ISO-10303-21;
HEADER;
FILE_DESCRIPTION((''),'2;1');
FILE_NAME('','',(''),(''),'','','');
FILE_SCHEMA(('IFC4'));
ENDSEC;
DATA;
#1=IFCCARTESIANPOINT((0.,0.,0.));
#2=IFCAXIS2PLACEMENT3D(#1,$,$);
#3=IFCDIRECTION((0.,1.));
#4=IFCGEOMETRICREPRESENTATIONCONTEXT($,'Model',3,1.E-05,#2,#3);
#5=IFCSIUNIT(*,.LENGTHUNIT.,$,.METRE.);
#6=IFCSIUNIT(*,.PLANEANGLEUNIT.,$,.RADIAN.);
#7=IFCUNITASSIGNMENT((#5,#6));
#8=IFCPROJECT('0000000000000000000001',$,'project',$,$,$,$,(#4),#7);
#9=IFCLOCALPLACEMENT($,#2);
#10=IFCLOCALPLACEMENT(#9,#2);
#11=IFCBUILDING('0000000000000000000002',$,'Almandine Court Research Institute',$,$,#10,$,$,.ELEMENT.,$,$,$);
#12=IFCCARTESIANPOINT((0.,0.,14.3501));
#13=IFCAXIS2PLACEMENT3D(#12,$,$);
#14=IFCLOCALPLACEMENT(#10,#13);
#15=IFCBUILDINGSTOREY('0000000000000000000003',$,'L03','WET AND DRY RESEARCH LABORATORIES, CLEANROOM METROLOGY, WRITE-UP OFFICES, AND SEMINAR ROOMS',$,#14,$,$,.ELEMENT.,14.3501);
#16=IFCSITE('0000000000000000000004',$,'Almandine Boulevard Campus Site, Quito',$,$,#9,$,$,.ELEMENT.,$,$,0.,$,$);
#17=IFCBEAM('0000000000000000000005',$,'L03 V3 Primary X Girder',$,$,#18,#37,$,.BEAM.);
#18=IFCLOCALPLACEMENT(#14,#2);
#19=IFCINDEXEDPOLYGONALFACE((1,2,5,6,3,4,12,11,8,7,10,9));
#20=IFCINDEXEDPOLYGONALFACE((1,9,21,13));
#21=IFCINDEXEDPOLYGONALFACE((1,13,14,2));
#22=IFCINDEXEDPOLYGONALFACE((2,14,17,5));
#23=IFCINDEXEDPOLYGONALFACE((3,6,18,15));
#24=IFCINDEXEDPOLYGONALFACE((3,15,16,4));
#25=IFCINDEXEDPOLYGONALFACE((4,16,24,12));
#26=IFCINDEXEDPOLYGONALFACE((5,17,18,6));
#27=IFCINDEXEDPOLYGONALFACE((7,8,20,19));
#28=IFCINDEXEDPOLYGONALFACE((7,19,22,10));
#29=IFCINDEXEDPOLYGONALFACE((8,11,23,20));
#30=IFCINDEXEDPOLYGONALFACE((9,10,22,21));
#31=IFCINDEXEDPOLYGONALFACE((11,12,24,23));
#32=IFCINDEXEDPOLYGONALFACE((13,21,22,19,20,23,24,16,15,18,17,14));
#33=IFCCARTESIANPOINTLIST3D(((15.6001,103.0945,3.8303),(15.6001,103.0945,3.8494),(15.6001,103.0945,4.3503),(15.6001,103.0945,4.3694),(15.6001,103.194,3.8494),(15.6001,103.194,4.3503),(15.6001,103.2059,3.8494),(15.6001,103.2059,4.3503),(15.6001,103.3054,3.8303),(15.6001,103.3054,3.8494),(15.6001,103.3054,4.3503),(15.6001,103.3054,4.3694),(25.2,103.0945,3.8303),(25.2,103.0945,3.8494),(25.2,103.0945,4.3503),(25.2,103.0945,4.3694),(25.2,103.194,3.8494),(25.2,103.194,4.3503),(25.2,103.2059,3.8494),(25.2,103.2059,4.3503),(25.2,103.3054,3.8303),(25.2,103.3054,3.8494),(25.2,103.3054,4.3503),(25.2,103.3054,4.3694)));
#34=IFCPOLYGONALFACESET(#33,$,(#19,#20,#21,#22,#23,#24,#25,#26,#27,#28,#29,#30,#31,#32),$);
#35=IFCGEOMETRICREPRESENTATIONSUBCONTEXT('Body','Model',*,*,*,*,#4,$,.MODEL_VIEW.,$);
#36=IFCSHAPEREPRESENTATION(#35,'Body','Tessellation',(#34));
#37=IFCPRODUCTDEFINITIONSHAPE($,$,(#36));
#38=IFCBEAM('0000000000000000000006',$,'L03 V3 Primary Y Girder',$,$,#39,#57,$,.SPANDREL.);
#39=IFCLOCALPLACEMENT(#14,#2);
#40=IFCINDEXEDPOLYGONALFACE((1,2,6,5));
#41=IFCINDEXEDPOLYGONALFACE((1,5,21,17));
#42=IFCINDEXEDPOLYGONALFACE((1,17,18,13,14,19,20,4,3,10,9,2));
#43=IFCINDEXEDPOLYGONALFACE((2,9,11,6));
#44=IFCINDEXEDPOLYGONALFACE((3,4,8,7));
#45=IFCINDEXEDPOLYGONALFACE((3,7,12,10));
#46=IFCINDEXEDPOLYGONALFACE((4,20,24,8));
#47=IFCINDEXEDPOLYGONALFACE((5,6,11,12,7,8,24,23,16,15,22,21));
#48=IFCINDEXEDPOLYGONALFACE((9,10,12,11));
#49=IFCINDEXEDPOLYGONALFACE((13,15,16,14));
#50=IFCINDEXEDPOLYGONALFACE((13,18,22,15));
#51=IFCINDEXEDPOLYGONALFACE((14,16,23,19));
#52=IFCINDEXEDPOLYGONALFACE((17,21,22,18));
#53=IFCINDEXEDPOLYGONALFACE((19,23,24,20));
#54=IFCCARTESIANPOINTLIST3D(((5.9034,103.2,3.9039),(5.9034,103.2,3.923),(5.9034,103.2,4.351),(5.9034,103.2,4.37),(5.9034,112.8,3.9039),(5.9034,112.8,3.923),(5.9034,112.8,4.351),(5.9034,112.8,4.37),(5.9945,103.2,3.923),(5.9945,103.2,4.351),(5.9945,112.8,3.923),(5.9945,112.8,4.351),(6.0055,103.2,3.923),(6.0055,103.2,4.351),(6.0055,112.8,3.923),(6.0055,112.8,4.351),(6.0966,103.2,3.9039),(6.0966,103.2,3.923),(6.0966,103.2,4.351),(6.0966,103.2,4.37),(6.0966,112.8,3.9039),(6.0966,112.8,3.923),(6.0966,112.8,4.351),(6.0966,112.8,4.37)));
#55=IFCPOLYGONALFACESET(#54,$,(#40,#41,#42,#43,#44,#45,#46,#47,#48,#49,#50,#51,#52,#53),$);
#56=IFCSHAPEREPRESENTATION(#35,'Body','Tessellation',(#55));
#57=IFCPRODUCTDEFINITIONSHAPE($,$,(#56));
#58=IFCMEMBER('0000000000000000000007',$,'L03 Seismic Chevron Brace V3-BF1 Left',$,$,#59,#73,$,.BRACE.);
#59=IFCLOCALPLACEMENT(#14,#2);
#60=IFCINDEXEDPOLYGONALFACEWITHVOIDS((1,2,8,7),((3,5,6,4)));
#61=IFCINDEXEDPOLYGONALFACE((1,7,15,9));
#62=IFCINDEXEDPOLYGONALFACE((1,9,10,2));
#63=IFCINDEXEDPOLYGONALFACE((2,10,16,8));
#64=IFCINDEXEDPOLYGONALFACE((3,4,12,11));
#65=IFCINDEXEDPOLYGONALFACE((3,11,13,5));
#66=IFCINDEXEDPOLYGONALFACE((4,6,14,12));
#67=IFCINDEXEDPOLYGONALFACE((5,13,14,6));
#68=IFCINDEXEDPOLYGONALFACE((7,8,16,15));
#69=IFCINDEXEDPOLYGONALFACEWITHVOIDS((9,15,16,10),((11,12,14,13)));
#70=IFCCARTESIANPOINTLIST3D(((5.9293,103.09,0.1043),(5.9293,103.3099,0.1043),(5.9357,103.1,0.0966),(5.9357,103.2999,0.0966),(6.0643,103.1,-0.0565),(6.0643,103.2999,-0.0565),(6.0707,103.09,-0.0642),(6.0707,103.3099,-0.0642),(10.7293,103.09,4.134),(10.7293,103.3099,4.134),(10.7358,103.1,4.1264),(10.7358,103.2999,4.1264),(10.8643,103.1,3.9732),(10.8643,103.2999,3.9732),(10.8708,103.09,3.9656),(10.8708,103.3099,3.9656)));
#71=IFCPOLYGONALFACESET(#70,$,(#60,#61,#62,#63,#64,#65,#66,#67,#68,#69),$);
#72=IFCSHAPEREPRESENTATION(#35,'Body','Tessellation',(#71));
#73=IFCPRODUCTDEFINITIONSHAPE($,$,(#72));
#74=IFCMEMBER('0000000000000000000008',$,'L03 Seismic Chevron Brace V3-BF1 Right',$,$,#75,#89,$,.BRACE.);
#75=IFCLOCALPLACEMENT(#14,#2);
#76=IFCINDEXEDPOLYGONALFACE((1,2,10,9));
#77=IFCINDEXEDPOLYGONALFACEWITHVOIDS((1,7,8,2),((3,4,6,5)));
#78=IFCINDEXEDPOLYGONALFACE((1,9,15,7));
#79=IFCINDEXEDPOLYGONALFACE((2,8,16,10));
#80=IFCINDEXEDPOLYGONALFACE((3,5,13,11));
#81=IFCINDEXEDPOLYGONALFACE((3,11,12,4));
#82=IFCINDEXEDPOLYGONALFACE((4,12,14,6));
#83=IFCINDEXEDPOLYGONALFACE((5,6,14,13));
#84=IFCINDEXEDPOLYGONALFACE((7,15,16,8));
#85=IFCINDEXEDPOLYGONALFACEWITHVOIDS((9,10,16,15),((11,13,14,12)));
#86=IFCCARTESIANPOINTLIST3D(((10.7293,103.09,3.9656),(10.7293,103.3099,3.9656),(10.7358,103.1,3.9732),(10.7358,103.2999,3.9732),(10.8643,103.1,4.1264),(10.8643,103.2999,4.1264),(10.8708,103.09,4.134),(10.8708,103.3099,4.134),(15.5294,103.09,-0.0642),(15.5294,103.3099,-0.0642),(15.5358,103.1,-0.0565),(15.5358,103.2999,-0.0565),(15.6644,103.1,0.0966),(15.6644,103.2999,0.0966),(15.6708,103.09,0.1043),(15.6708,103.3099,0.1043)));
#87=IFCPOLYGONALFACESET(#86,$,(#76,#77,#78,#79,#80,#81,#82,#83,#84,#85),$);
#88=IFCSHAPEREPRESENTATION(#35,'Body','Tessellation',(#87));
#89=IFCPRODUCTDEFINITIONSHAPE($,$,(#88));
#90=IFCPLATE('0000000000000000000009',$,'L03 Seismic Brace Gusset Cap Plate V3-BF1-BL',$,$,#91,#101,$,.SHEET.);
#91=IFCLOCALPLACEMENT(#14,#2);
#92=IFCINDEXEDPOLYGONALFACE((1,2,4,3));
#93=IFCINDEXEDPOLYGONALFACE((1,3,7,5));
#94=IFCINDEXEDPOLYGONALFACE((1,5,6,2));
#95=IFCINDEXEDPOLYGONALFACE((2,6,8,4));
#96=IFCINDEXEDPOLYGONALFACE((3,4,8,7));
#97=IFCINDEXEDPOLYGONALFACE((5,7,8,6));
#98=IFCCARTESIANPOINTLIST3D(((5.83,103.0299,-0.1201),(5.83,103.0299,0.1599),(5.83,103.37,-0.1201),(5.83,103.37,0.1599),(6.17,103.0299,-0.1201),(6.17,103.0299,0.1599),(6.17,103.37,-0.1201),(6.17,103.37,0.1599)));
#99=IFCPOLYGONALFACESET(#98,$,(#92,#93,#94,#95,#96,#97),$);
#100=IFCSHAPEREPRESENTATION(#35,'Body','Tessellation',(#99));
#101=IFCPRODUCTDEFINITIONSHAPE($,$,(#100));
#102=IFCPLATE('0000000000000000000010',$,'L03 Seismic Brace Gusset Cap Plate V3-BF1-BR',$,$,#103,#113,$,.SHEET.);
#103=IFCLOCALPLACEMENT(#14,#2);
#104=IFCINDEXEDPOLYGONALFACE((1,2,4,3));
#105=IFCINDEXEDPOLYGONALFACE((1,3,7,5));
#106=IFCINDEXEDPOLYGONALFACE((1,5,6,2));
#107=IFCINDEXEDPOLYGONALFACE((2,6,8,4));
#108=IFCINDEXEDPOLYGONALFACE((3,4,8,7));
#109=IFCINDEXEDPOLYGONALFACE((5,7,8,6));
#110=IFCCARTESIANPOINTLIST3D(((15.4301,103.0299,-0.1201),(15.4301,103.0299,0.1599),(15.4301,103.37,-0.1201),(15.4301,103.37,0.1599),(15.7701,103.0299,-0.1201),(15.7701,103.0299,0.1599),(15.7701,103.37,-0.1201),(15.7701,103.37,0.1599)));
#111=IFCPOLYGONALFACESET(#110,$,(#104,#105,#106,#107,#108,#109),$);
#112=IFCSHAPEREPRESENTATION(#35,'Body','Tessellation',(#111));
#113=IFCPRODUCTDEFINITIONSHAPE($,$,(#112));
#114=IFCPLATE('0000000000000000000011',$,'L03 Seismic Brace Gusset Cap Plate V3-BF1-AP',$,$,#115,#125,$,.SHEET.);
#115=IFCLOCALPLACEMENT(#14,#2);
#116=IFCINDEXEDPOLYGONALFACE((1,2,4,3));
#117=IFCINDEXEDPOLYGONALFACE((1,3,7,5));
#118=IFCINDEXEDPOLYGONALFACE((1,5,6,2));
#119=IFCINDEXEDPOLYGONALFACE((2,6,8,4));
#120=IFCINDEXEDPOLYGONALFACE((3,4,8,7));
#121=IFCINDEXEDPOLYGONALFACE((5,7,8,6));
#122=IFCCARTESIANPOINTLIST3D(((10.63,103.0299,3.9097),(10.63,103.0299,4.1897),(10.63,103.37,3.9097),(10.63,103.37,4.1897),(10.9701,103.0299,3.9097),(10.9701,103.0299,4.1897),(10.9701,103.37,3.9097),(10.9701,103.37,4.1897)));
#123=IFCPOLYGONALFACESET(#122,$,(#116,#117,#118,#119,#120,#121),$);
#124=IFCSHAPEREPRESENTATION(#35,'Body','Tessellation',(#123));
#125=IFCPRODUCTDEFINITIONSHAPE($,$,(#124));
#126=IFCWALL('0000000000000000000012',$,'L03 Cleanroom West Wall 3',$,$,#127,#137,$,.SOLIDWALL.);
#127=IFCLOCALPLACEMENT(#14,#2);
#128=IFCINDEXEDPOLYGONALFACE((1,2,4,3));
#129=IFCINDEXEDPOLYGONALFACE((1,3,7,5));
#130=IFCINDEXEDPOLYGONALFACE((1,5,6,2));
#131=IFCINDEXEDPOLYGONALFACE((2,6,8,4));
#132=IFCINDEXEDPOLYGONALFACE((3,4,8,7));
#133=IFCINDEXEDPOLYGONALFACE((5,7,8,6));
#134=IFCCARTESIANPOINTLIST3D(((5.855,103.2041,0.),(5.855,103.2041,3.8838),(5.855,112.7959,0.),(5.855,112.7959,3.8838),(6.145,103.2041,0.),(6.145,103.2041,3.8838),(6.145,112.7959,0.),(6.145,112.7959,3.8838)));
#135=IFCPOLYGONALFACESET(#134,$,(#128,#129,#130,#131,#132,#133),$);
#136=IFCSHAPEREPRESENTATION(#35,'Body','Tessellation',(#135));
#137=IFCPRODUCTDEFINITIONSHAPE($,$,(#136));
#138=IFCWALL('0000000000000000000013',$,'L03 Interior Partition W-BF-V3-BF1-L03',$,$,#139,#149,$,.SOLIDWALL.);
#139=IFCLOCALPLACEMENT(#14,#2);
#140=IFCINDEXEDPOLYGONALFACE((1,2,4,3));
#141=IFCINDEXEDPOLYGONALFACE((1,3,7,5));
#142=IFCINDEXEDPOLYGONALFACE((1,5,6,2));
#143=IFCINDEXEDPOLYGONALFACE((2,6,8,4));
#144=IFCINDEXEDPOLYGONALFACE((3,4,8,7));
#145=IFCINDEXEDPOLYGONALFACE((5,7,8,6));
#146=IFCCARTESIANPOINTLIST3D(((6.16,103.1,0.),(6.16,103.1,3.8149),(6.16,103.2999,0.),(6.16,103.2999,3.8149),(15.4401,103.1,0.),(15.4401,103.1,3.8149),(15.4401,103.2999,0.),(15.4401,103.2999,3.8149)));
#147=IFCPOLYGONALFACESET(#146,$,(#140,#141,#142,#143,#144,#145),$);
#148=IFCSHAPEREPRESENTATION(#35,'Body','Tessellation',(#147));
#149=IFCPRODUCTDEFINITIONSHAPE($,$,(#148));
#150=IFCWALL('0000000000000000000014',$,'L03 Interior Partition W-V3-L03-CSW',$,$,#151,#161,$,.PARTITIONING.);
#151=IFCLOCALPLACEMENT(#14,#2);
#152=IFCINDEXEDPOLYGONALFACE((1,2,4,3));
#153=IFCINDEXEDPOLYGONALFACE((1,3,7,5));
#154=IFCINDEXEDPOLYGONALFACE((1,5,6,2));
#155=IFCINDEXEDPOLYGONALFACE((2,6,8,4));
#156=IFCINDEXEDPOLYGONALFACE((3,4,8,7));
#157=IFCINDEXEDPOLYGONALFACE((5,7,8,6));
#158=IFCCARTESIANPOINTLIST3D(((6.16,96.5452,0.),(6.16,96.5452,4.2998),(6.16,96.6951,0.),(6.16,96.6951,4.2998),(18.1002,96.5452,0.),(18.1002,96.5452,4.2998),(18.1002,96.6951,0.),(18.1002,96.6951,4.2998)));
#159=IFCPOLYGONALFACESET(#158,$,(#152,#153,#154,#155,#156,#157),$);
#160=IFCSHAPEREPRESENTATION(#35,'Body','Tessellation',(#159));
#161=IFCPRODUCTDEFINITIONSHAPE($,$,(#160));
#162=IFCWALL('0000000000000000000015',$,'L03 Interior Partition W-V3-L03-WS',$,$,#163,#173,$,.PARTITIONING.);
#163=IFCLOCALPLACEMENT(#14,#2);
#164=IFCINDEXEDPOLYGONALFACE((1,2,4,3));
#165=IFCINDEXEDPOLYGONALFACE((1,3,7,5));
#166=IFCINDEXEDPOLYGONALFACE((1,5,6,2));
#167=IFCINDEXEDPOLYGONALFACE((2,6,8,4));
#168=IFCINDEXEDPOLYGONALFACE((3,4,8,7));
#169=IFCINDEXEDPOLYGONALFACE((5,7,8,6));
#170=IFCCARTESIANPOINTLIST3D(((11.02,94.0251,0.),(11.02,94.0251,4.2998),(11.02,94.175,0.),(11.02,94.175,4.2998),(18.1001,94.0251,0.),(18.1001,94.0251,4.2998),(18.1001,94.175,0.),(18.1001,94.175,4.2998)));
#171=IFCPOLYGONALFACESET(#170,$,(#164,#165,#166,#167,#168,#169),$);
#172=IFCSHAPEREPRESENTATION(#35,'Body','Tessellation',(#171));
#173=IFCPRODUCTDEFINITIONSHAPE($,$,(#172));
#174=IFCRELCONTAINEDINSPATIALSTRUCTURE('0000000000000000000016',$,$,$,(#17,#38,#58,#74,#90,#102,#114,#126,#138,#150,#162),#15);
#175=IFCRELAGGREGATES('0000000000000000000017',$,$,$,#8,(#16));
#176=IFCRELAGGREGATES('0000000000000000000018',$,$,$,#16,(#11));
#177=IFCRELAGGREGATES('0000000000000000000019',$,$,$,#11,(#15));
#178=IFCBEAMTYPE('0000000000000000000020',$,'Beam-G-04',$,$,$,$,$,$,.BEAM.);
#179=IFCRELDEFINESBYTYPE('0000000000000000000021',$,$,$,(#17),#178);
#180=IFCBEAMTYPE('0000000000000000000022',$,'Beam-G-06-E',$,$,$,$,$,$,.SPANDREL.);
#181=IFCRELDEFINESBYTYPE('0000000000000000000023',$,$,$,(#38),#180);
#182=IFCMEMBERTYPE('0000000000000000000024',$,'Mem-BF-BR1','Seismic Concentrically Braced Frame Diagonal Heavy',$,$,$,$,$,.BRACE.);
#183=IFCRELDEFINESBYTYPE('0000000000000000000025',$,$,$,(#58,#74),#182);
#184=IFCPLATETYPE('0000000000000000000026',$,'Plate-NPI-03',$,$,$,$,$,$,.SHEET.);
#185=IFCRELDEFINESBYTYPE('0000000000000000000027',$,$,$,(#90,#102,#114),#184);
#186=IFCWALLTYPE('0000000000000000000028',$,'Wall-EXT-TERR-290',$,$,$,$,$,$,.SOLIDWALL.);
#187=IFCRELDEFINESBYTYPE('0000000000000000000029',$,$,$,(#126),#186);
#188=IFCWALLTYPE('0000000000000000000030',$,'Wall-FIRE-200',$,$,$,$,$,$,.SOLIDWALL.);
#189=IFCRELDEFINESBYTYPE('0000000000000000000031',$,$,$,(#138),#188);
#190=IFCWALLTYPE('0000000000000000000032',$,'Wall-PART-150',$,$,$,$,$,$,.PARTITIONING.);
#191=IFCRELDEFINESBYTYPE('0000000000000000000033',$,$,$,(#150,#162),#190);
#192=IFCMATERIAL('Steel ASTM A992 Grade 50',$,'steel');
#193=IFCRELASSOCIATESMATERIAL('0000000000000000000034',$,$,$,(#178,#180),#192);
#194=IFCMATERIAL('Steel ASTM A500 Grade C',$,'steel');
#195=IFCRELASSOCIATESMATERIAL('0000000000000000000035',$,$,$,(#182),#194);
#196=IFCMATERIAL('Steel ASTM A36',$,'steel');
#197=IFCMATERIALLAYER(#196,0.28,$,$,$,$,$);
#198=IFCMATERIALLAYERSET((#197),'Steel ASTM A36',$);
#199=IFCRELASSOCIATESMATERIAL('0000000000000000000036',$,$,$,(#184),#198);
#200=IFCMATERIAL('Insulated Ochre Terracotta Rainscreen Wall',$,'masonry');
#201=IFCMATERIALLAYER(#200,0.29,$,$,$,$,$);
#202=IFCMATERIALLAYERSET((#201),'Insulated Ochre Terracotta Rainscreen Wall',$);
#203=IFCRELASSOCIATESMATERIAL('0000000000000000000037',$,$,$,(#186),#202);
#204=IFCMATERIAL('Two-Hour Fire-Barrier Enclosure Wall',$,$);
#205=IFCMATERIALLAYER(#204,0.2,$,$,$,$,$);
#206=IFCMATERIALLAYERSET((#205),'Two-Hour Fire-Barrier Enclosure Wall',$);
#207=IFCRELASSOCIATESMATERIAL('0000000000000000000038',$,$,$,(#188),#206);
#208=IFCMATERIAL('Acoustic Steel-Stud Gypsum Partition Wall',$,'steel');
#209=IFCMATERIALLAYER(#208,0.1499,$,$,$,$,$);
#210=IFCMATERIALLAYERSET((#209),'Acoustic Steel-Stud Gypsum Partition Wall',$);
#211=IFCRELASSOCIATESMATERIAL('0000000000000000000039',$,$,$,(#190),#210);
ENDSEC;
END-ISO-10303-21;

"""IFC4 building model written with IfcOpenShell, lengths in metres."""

from ifc_helpers import new_model, si_unit, direction, frame, frame_2d, origin, origin_2d, place, context, subcontext, project, spatial, rectangle, hollow_rectangle, i_section, extrude, material, layer, layer_set, material_profile, profile_set, type_object, element, save


model = new_model("IFC4")

# Units and contexts
model_context = context("Model", 3, precision=1e-05, world=origin(), true_north=direction((0.0, 1.0)))
body_context = subcontext(model_context, "Body", "Model", "MODEL_VIEW")
ifc_project = project(units=[si_unit("LENGTHUNIT", "METRE"), si_unit("PLANEANGLEUNIT", "RADIAN")], contexts=[model_context])

# Site, building, storey
site_placement = place(None, origin())
site = spatial("IfcSite", under=ifc_project, at=site_placement, Name="Almandine Boulevard Campus Site, Quito", CompositionType="ELEMENT", RefElevation=0.0)
building_placement = place(site_placement, origin())
building = spatial("IfcBuilding", under=site, at=building_placement, Name="Almandine Court Research Institute", CompositionType="ELEMENT")
storey_placement = place(building_placement, frame((0.0, 0.0, 14.3501)))
storey = spatial("IfcBuildingStorey", under=building, at=storey_placement, Name="L03", Description="WET AND DRY RESEARCH LABORATORIES, CLEANROOM METROLOGY, WRITE-UP OFFICES, AND SEMINAR ROOMS", CompositionType="ELEMENT", Elevation=14.3501)

# Shared definitions
ifc_material_1 = material(Name="Steel ASTM A992 Grade 50", Category="steel")

# Beams
ifc_material_profile_1 = material_profile(ifc_material_1, i_section(OverallWidth=0.2109, OverallDepth=0.5391, WebThickness=0.012, FlangeThickness=0.019, at=origin_2d()), Name="W530x109")
ifc_profile_set_1 = profile_set([ifc_material_profile_1], Name="Steel ASTM A992 Grade 50")
beam_type_1 = type_object("IfcBeamType", Name="Beam-G-04", PredefinedType="BEAM", material=ifc_profile_set_1)
beam_1_placement = place(storey_placement, frame((15.6001, 103.2, 4.0999), z_axis=(1.0, 0.0, 0.0), x_axis=(0.0, 1.0, 0.0)))
element("IfcBeam", 1, at=beam_1_placement, inside=storey, type_object=beam_type_1, Name="L03 V3 Primary X Girder", PredefinedType="BEAM", context=body_context, shape_type="SweptSolid", body=[
    extrude(i_section(OverallWidth=0.2109, OverallDepth=0.5391, WebThickness=0.012, FlangeThickness=0.019, at=origin_2d()), origin(), (0.0, 0.0, 1.0), 9.5999),
])
ifc_material_profile_2 = material_profile(ifc_material_1, i_section(OverallWidth=0.1931, OverallDepth=0.4661, WebThickness=0.011, FlangeThickness=0.019, at=origin_2d()), Name="W460x97")
ifc_profile_set_2 = profile_set([ifc_material_profile_2], Name="Steel ASTM A992 Grade 50")
beam_type_2 = type_object("IfcBeamType", Name="Beam-G-06-E", PredefinedType="SPANDREL", material=ifc_profile_set_2)
beam_2_placement = place(storey_placement, frame((6.0, 103.2, 4.137), z_axis=(0.0, 1.0, 0.0), x_axis=(-1.0, 0.0, 0.0)))
element("IfcBeam", 2, at=beam_2_placement, inside=storey, type_object=beam_type_2, Name="L03 V3 Primary Y Girder", PredefinedType="SPANDREL", context=body_context, shape_type="SweptSolid", body=[
    extrude(i_section(OverallWidth=0.1931, OverallDepth=0.4661, WebThickness=0.011, FlangeThickness=0.019, at=origin_2d()), origin(), (0.0, 0.0, 1.0), 9.6001),
])

# Members
ifc_material_2 = material(Name="Steel ASTM A500 Grade C", Category="steel")
ifc_material_profile_3 = material_profile(ifc_material_2, hollow_rectangle(XDim=0.22, YDim=0.22, WallThickness=0.01, at=origin_2d()), Name="HSS 220x220x10")
ifc_profile_set_3 = profile_set([ifc_material_profile_3], Name="Steel ASTM A500 Grade C")
member_type = type_object("IfcMemberType", Name="Mem-BF-BR1", Description="Seismic Concentrically Braced Frame Diagonal Heavy", PredefinedType="BRACE", material=ifc_profile_set_3)
for number, where, z_axis, x_axis, name in (
    (3, (6.0, 103.2, 0.02), (0.765882, 0.0, 0.642981), (0.0, 1.0, 0.0), "L03 Seismic Chevron Brace V3-BF1 Left"),
    (4, (15.6001, 103.2, 0.02), (-0.765882, 0.0, 0.642981), (0.0, -1.0, 0.0), "L03 Seismic Chevron Brace V3-BF1 Right"),
):
    element("IfcMember", number, at=place(storey_placement, frame(where, z_axis=z_axis, x_axis=x_axis)), inside=storey, type_object=member_type, Name=name, PredefinedType="BRACE", context=body_context, shape_type="SweptSolid", body=[
        extrude(hollow_rectangle(XDim=0.22, YDim=0.22, WallThickness=0.01, at=origin_2d()), origin(), (0.0, 0.0, 1.0), 6.2673),
    ])

# Plates
ifc_material_3 = material(Name="Steel ASTM A36", Category="steel")
ifc_layer_1 = layer(ifc_material_3, 0.28)
ifc_layer_set_1 = layer_set([ifc_layer_1], Name="Steel ASTM A36")
plate_type = type_object("IfcPlateType", Name="Plate-NPI-03", PredefinedType="SHEET", material=ifc_layer_set_1)
for number, where, z_axis, x_axis, name in (
    (5, (6.0, 103.2, -0.1201), (0.0, 0.0, 1.0), (1.0, 0.0, 0.0), "L03 Seismic Brace Gusset Cap Plate V3-BF1-BL"),
    (6, (15.6001, 103.2, -0.1201), (0.0, 0.0, 1.0), (1.0, 0.0, 0.0), "L03 Seismic Brace Gusset Cap Plate V3-BF1-BR"),
    (7, (10.8, 103.2, 3.9097), (0.0, 0.0, 1.0), (1.0, 0.0, 0.0), "L03 Seismic Brace Gusset Cap Plate V3-BF1-AP"),
):
    element("IfcPlate", number, at=place(storey_placement, frame(where, z_axis=z_axis, x_axis=x_axis)), inside=storey, type_object=plate_type, Name=name, PredefinedType="SHEET", context=body_context, shape_type="SweptSolid", body=[
        extrude(rectangle(XDim=0.3401, YDim=0.3401, at=origin_2d()), origin(), (0.0, 0.0, 1.0), 0.28),
    ])

# Walls
ifc_material_4 = material(Name="Insulated Ochre Terracotta Rainscreen Wall", Category="masonry")
ifc_layer_2 = layer(ifc_material_4, 0.29)
ifc_layer_set_2 = layer_set([ifc_layer_2], Name="Insulated Ochre Terracotta Rainscreen Wall")
wall_type_1 = type_object("IfcWallType", Name="Wall-EXT-TERR-290", PredefinedType="SOLIDWALL", material=ifc_layer_set_2)
wall_1_placement = place(storey_placement, frame((6.0, 103.2041, 0.0), z_axis=(0.0, 0.0, 1.0), x_axis=(0.0, 1.0, 0.0)))
element("IfcWall", 8, at=wall_1_placement, inside=storey, type_object=wall_type_1, Name="L03 Cleanroom West Wall 3", PredefinedType="SOLIDWALL", context=body_context, shape_type="SweptSolid", body=[
    extrude(rectangle(XDim=9.5918, YDim=0.29, at=frame_2d((4.7959, 0.0))), origin(), (0.0, 0.0, 1.0), 3.8838),
])
ifc_material_5 = material(Name="Two-Hour Fire-Barrier Enclosure Wall")
ifc_layer_3 = layer(ifc_material_5, 0.2)
ifc_layer_set_3 = layer_set([ifc_layer_3], Name="Two-Hour Fire-Barrier Enclosure Wall")
wall_type_2 = type_object("IfcWallType", Name="Wall-FIRE-200", PredefinedType="SOLIDWALL", material=ifc_layer_set_3)
wall_2_placement = place(storey_placement, frame((6.1599, 103.2, 0.0), z_axis=(0.0, 0.0, 1.0), x_axis=(1.0, 0.0, 0.0)))
element("IfcWall", 9, at=wall_2_placement, inside=storey, type_object=wall_type_2, Name="L03 Interior Partition W-BF-V3-BF1-L03", PredefinedType="SOLIDWALL", context=body_context, shape_type="SweptSolid", body=[
    extrude(rectangle(XDim=9.28, YDim=0.2, at=frame_2d((4.6401, 0.0))), origin(), (0.0, 0.0, 1.0), 3.8149),
])
ifc_material_6 = material(Name="Acoustic Steel-Stud Gypsum Partition Wall", Category="steel")
ifc_layer_4 = layer(ifc_material_6, 0.1499)
ifc_layer_set_4 = layer_set([ifc_layer_4], Name="Acoustic Steel-Stud Gypsum Partition Wall")
wall_type_3 = type_object("IfcWallType", Name="Wall-PART-150", PredefinedType="PARTITIONING", material=ifc_layer_set_4)
wall_3_placement = place(storey_placement, frame((6.1599, 96.6201, 0.0), z_axis=(0.0, 0.0, 1.0), x_axis=(1.0, 0.0, 0.0)))
element("IfcWall", 10, at=wall_3_placement, inside=storey, type_object=wall_type_3, Name="L03 Interior Partition W-V3-L03-CSW", PredefinedType="PARTITIONING", context=body_context, shape_type="SweptSolid", body=[
    extrude(rectangle(XDim=11.9402, YDim=0.1499, at=frame_2d((5.9702, 0.0))), origin(), (0.0, 0.0, 1.0), 4.2998),
])
wall_4_placement = place(storey_placement, frame((11.02, 94.1001, 0.0), z_axis=(0.0, 0.0, 1.0), x_axis=(1.0, 0.0, 0.0)))
element("IfcWall", 11, at=wall_4_placement, inside=storey, type_object=wall_type_3, Name="L03 Interior Partition W-V3-L03-WS", PredefinedType="PARTITIONING", context=body_context, shape_type="SweptSolid", body=[
    extrude(rectangle(XDim=7.0801, YDim=0.1499, at=frame_2d((3.54, 0.0))), origin(), (0.0, 0.0, 1.0), 4.2998),
])

save(model, "model.ifc")
